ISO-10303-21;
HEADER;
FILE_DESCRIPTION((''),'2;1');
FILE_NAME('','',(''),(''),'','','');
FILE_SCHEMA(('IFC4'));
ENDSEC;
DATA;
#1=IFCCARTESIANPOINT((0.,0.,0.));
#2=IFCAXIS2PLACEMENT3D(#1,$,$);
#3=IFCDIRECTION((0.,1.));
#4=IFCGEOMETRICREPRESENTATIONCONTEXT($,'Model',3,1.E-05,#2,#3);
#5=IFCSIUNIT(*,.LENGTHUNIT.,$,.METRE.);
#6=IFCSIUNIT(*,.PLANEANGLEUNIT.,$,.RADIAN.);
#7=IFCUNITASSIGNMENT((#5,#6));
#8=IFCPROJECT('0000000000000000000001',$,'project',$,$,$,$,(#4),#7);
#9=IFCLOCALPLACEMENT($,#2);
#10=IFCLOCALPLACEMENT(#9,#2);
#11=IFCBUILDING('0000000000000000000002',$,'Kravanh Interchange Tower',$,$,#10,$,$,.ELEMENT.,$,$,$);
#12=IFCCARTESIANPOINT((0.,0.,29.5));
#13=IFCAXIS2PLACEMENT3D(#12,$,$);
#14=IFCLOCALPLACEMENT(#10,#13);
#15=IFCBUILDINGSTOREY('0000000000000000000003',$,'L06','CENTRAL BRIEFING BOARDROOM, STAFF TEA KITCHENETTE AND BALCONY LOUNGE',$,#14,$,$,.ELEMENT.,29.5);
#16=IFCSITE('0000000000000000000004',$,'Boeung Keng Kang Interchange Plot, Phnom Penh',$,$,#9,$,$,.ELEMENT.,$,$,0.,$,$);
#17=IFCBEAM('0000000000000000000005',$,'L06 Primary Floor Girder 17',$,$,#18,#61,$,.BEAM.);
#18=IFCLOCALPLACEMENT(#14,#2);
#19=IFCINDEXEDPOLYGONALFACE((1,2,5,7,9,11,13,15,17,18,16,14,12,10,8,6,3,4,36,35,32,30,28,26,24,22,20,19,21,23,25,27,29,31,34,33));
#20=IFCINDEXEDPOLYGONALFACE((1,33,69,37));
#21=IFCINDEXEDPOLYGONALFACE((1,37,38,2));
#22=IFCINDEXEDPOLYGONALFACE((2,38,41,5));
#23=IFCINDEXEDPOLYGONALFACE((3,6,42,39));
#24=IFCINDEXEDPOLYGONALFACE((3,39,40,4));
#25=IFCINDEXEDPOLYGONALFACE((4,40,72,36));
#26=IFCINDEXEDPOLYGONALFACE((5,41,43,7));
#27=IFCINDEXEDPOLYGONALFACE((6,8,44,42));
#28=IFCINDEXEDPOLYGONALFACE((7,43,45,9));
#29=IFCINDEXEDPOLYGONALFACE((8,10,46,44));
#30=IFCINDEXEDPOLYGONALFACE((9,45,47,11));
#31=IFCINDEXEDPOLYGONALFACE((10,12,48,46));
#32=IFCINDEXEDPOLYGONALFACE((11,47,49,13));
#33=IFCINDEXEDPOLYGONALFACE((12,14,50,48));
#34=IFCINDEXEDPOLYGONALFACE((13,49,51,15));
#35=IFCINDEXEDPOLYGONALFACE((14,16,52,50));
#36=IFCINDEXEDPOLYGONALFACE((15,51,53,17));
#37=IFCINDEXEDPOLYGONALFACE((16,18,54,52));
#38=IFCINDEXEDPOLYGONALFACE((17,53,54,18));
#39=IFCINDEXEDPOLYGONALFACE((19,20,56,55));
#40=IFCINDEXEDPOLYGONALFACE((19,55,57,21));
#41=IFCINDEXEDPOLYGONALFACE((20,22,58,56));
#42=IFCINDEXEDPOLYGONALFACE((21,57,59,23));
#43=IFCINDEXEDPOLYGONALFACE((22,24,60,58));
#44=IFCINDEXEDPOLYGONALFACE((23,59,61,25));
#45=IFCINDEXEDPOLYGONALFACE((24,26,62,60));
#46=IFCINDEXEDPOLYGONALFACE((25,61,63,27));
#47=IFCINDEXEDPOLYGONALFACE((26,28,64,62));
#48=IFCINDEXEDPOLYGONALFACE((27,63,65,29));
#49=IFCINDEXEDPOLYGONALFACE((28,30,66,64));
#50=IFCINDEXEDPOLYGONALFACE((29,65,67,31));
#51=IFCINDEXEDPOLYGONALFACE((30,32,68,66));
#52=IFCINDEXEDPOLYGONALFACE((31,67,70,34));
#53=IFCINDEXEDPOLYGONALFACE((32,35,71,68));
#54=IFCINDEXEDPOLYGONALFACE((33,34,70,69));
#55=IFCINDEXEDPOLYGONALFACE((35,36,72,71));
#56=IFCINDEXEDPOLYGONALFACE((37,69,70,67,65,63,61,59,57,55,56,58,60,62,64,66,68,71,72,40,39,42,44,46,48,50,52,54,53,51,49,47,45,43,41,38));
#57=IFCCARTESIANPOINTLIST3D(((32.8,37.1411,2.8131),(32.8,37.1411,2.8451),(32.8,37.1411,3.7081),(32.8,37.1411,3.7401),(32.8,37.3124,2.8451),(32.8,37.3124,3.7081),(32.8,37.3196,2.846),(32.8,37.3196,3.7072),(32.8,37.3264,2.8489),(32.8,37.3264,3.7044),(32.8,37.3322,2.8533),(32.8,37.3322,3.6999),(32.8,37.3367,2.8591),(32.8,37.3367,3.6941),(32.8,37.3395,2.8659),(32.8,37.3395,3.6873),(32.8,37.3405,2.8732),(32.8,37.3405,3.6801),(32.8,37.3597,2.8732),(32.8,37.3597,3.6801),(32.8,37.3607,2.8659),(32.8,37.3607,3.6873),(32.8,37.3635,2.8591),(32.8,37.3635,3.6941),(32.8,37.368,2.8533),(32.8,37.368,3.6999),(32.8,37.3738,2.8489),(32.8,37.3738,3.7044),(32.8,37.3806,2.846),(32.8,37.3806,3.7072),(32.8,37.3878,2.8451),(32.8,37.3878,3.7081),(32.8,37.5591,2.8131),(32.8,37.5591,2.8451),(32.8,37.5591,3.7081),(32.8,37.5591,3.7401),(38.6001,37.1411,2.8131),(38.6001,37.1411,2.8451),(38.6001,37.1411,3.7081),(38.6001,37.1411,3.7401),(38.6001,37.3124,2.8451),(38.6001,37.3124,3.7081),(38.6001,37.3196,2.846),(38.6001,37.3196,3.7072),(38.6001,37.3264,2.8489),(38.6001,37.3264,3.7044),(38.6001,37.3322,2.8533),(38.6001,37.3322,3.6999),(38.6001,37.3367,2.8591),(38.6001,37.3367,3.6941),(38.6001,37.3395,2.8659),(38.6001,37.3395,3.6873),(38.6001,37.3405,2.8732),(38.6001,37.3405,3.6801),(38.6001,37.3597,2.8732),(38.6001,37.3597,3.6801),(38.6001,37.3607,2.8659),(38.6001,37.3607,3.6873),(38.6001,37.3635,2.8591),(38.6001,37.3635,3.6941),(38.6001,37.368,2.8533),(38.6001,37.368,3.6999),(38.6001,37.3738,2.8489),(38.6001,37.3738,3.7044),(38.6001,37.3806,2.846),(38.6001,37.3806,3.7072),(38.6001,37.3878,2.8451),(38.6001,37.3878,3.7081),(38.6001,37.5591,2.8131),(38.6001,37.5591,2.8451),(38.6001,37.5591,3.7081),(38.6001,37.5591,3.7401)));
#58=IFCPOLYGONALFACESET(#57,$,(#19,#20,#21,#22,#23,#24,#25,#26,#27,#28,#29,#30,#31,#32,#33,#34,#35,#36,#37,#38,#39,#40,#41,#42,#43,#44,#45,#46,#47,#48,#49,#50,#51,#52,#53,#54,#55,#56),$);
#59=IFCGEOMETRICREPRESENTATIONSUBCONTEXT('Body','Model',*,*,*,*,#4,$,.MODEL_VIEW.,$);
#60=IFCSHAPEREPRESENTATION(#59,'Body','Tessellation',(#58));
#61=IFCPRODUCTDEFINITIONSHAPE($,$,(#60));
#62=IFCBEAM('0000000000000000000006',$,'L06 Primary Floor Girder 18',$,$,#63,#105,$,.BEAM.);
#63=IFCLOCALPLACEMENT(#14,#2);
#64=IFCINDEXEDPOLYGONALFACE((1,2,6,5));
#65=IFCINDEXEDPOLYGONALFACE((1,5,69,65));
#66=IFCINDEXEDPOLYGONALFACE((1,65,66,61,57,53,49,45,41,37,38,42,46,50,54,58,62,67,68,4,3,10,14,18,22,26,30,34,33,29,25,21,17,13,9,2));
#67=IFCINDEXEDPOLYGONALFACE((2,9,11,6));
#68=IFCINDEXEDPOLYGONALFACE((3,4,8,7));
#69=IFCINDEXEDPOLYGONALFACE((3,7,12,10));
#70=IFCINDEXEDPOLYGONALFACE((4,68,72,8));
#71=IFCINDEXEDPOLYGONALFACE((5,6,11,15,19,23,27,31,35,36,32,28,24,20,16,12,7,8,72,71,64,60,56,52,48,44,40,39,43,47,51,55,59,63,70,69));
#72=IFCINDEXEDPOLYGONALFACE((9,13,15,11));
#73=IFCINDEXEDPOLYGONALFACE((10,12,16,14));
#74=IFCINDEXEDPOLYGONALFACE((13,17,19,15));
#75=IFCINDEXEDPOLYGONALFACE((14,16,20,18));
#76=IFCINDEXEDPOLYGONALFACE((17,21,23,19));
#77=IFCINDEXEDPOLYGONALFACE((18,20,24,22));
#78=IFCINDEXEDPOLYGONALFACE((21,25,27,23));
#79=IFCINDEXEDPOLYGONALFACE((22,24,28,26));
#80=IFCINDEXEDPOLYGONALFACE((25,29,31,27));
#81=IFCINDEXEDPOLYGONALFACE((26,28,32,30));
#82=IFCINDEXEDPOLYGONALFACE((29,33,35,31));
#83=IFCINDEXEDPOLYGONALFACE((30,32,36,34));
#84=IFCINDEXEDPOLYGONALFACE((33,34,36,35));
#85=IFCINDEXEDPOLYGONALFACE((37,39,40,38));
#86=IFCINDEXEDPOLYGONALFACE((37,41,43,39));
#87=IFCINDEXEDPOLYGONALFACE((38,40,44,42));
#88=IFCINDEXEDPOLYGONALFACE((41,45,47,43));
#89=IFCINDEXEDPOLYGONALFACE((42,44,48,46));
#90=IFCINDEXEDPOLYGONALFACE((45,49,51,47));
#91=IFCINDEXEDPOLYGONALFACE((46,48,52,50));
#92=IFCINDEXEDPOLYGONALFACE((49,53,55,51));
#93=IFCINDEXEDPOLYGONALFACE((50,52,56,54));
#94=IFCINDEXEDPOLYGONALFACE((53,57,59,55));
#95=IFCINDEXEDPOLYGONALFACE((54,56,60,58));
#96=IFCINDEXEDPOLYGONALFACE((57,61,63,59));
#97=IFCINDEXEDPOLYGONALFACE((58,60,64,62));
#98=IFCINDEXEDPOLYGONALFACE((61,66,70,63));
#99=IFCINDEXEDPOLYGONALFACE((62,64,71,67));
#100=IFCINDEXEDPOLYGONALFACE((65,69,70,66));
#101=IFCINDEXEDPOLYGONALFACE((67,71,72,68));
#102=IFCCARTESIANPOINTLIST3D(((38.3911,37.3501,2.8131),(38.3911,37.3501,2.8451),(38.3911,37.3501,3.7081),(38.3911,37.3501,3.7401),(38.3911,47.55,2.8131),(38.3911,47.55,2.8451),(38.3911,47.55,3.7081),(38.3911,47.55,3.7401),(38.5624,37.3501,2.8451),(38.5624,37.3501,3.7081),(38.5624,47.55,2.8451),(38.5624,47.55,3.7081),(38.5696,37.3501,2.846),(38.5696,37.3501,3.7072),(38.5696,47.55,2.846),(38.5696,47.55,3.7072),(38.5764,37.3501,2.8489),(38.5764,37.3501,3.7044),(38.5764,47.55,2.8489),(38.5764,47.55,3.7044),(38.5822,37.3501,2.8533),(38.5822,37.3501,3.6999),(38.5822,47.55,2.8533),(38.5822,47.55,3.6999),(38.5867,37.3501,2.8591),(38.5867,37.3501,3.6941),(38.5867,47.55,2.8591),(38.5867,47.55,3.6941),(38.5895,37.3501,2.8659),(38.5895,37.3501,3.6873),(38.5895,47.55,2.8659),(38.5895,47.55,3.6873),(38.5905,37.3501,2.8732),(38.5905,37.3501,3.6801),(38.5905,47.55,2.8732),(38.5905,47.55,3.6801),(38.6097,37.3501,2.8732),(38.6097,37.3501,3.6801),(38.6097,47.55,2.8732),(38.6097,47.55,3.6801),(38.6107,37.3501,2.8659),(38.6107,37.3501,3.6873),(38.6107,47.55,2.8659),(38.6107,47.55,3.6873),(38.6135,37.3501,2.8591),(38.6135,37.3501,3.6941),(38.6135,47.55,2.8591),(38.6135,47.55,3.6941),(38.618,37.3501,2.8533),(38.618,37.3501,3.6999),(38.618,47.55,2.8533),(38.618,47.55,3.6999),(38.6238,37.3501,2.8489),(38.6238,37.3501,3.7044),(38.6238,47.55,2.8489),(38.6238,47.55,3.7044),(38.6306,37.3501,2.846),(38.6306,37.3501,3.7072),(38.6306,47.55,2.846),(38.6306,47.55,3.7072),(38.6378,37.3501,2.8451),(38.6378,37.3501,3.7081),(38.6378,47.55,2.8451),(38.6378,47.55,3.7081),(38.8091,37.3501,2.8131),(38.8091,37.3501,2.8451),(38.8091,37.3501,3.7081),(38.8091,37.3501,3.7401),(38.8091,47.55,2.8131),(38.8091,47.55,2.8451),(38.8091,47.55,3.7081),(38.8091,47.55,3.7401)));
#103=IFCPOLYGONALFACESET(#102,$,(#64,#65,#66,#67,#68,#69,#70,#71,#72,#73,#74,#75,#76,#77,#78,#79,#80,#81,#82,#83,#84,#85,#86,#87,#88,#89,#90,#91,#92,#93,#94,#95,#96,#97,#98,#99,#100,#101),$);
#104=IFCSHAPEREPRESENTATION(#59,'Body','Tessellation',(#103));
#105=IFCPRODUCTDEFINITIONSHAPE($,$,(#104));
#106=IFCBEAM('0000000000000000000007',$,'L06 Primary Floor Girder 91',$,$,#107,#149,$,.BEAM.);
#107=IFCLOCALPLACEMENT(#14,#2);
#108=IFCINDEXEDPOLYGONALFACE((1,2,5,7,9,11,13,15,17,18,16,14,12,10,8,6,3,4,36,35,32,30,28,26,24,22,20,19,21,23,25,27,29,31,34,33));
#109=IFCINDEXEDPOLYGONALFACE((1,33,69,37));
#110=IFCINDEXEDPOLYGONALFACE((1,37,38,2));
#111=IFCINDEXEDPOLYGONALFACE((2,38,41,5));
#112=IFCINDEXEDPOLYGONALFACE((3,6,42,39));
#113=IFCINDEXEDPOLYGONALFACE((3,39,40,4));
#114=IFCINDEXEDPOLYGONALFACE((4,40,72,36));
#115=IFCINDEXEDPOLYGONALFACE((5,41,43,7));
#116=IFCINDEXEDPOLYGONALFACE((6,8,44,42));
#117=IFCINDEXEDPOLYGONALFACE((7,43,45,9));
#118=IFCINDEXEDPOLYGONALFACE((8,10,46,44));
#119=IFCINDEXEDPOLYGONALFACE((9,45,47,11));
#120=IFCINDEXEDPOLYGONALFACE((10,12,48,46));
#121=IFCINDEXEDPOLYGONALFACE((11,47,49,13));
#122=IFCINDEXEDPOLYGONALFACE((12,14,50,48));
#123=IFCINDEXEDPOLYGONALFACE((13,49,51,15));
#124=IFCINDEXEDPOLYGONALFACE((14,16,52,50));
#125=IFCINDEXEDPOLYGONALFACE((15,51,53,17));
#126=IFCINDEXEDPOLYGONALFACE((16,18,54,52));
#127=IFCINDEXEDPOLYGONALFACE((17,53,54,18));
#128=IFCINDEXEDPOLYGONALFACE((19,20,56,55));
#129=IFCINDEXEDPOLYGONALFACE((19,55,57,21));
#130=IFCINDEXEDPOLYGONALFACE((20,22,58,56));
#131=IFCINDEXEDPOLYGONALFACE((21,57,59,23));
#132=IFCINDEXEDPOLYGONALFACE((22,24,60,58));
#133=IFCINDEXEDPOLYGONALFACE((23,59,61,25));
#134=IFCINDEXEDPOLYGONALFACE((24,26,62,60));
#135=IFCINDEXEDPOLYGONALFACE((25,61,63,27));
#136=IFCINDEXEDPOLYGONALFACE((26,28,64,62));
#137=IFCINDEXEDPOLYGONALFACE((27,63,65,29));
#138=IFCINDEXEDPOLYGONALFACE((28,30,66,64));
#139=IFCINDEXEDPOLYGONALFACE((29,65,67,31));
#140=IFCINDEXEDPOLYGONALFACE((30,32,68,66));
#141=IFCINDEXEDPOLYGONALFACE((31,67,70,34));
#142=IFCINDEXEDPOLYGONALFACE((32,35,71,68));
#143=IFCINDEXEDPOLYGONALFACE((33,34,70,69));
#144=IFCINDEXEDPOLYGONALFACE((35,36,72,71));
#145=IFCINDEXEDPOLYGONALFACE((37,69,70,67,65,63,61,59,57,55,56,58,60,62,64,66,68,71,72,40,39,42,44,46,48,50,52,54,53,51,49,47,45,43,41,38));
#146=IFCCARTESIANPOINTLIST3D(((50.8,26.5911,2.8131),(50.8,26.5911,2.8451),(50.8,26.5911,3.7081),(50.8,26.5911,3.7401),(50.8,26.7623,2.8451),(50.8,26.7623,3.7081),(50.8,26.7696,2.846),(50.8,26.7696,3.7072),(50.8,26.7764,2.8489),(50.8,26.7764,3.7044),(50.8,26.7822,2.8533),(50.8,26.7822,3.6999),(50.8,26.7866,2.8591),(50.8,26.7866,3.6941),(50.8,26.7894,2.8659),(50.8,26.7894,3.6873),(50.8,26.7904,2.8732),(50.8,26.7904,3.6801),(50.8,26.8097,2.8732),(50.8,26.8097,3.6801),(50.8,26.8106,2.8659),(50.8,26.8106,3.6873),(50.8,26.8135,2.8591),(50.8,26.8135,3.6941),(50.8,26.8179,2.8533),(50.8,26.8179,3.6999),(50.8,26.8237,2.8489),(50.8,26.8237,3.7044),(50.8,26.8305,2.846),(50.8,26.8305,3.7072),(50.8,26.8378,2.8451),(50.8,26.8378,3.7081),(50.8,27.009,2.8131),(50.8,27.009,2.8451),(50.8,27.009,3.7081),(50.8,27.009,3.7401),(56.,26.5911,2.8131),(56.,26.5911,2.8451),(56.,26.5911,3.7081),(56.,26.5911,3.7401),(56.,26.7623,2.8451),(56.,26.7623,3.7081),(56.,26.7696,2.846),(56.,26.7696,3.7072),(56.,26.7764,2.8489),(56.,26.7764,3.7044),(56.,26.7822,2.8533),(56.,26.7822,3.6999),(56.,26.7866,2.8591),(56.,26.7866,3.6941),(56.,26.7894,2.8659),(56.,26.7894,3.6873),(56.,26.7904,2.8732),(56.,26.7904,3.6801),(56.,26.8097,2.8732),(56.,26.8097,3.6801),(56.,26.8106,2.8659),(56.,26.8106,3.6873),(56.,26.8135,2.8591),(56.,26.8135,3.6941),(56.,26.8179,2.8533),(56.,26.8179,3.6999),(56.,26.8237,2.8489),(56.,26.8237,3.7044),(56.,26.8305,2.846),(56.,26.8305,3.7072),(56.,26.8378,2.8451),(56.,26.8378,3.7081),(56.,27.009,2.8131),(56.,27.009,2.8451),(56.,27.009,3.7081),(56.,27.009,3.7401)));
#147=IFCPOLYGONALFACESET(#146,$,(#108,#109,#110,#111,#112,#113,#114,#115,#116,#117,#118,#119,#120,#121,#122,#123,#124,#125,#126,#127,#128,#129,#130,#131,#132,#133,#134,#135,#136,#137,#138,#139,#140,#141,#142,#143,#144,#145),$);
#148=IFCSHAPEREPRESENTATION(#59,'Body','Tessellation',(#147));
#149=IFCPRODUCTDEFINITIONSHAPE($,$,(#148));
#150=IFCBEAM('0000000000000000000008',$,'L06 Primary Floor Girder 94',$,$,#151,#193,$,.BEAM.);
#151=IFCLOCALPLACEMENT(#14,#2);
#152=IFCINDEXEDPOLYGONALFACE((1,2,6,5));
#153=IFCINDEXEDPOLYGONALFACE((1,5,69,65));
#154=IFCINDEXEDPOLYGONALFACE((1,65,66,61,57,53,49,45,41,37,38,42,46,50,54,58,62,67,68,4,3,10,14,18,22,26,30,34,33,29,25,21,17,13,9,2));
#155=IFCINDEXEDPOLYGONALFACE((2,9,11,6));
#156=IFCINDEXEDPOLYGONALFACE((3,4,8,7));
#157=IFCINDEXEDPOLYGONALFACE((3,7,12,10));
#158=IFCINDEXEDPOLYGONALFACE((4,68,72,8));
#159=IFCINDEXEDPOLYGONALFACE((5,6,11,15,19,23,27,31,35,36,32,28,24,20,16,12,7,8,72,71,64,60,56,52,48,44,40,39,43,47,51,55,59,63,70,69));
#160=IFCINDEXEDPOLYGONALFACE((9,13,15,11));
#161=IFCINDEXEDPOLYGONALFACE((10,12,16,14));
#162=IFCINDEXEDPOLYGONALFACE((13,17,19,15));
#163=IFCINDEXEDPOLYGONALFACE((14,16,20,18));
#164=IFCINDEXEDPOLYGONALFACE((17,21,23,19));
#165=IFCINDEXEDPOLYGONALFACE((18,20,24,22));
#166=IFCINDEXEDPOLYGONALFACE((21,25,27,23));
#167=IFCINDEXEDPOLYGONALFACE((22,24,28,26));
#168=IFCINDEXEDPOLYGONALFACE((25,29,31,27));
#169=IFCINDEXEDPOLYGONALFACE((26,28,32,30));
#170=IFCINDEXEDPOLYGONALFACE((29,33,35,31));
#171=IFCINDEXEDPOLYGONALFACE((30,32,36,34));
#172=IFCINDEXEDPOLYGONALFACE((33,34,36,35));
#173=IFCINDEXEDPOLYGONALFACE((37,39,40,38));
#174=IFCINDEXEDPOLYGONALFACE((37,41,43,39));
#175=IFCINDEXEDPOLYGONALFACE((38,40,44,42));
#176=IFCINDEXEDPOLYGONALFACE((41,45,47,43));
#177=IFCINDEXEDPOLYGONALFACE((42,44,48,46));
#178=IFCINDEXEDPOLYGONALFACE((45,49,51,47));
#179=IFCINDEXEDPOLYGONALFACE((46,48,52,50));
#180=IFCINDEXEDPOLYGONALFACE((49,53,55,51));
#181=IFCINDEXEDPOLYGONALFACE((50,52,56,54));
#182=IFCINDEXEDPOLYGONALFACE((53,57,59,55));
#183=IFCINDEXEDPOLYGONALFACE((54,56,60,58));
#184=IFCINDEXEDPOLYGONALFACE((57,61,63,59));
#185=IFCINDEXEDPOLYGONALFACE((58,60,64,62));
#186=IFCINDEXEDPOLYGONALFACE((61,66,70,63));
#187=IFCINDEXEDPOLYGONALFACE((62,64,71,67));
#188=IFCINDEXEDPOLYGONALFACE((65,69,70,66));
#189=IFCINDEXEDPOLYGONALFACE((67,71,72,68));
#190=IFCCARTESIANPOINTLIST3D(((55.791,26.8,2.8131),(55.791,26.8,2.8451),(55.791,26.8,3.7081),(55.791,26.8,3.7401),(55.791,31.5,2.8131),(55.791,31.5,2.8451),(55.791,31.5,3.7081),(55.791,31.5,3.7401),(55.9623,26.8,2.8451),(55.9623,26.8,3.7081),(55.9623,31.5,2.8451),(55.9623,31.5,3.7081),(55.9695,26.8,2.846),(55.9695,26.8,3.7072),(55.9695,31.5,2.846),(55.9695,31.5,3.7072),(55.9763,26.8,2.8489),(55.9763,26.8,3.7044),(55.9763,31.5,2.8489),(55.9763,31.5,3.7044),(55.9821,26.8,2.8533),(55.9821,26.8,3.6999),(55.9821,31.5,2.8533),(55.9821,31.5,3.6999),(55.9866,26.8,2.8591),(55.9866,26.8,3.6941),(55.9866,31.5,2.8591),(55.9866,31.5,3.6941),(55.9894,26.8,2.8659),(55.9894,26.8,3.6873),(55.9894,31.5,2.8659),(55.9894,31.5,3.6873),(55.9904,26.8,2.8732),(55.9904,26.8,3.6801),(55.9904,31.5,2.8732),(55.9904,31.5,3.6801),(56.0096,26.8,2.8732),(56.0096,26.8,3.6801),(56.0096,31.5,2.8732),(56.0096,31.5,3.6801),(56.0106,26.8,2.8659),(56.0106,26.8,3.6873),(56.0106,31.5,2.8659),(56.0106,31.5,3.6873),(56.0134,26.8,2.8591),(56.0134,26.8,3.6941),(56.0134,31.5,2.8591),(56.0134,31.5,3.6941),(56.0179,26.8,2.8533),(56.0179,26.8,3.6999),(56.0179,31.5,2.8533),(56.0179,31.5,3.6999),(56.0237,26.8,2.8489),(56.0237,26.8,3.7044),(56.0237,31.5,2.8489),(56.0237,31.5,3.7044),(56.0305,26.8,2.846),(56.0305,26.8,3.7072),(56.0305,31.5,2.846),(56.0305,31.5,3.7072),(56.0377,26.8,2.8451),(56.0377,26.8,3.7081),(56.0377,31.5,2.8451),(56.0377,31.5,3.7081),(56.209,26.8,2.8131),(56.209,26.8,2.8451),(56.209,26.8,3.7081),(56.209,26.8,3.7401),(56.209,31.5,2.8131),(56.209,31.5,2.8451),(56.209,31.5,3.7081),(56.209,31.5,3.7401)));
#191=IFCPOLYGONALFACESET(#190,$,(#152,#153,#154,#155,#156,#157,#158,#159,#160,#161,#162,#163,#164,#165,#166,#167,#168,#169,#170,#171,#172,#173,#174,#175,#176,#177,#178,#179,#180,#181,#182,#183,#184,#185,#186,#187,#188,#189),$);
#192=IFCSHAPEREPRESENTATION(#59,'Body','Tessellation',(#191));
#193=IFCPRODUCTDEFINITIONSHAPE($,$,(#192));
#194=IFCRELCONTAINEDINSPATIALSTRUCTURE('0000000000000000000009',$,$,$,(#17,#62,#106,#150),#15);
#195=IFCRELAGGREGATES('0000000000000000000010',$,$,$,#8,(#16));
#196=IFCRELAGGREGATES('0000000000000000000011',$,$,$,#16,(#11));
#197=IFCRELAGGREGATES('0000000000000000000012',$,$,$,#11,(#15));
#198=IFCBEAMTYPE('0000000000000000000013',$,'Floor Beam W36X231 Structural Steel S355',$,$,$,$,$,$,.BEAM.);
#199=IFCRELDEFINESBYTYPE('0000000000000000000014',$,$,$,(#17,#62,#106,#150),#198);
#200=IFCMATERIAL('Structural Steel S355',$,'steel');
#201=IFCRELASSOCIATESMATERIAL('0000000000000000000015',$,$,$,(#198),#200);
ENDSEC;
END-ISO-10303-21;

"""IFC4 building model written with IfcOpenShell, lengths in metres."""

from ifc_helpers import new_model, si_unit, direction, frame, origin, origin_2d, place, context, subcontext, project, spatial, i_section, extrude, material, material_profile, profile_set, type_object, element, save


model = new_model("IFC4")

# Units and contexts
model_context = context("Model", 3, precision=1e-05, world=origin(), true_north=direction((0.0, 1.0)))
body_context = subcontext(model_context, "Body", "Model", "MODEL_VIEW")
ifc_project = project(units=[si_unit("LENGTHUNIT", "METRE"), si_unit("PLANEANGLEUNIT", "RADIAN")], contexts=[model_context])

# Site, building, storey
site_placement = place(None, origin())
site = spatial("IfcSite", under=ifc_project, at=site_placement, Name="Boeung Keng Kang Interchange Plot, Phnom Penh", CompositionType="ELEMENT", RefElevation=0.0)
building_placement = place(site_placement, origin())
building = spatial("IfcBuilding", under=site, at=building_placement, Name="Kravanh Interchange Tower", CompositionType="ELEMENT")
storey_placement = place(building_placement, frame((0.0, 0.0, 29.5)))
storey = spatial("IfcBuildingStorey", under=building, at=storey_placement, Name="L06", Description="CENTRAL BRIEFING BOARDROOM, STAFF TEA KITCHENETTE AND BALCONY LOUNGE", CompositionType="ELEMENT", Elevation=29.5)

# Beams
ifc_material_1 = material(Name="Structural Steel S355", Category="steel")
ifc_material_profile_1 = material_profile(ifc_material_1, i_section(OverallWidth=0.418, OverallDepth=0.927, WebThickness=0.0193, FlangeThickness=0.032, FilletRadius=0.0281, at=origin_2d()), Name="W36X231")
ifc_profile_set_1 = profile_set([ifc_material_profile_1], Name="Structural Steel S355")
beam_type_1 = type_object("IfcBeamType", Name="Floor Beam W36X231 Structural Steel S355", PredefinedType="BEAM", material=ifc_profile_set_1)
beam_1_placement = place(storey_placement, frame((38.6001, 37.3501, 3.2766), z_axis=(-1.0, 0.0, 0.0), x_axis=(0.0, -1.0, 0.0)))
element("IfcBeam", 1, at=beam_1_placement, inside=storey, type_object=beam_type_1, Name="L06 Primary Floor Girder 17", PredefinedType="BEAM", context=body_context, shape_type="SweptSolid", body=[
    extrude(i_section(OverallWidth=0.418, OverallDepth=0.927, WebThickness=0.0193, FlangeThickness=0.032, FilletRadius=0.0281, at=origin_2d()), origin(), (0.0, 0.0, 1.0), 5.8),
])
beam_2_placement = place(storey_placement, frame((38.6001, 37.3501, 3.2766), z_axis=(0.0, 1.0, 0.0), x_axis=(-1.0, 0.0, 0.0)))
element("IfcBeam", 2, at=beam_2_placement, inside=storey, type_object=beam_type_1, Name="L06 Primary Floor Girder 18", PredefinedType="BEAM", context=body_context, shape_type="SweptSolid", body=[
    extrude(i_section(OverallWidth=0.418, OverallDepth=0.927, WebThickness=0.0193, FlangeThickness=0.032, FilletRadius=0.0281, at=origin_2d()), origin(), (0.0, 0.0, 1.0), 10.2),
])
beam_3_placement = place(storey_placement, frame((50.8, 26.8, 3.2766), z_axis=(1.0, 0.0, 0.0), x_axis=(0.0, 1.0, 0.0)))
element("IfcBeam", 3, at=beam_3_placement, inside=storey, type_object=beam_type_1, Name="L06 Primary Floor Girder 91", PredefinedType="BEAM", context=body_context, shape_type="SweptSolid", body=[
    extrude(i_section(OverallWidth=0.418, OverallDepth=0.927, WebThickness=0.0193, FlangeThickness=0.032, FilletRadius=0.0281, at=origin_2d()), origin(), (0.0, 0.0, 1.0), 5.2),
])
beam_4_placement = place(storey_placement, frame((56.0, 26.8, 3.2766), z_axis=(0.0, 1.0, 0.0), x_axis=(-1.0, 0.0, 0.0)))
element("IfcBeam", 4, at=beam_4_placement, inside=storey, type_object=beam_type_1, Name="L06 Primary Floor Girder 94", PredefinedType="BEAM", context=body_context, shape_type="SweptSolid", body=[
    extrude(i_section(OverallWidth=0.418, OverallDepth=0.927, WebThickness=0.0193, FlangeThickness=0.032, FilletRadius=0.0281, at=origin_2d()), origin(), (0.0, 0.0, 1.0), 4.7),
])

save(model, "model.ifc")
